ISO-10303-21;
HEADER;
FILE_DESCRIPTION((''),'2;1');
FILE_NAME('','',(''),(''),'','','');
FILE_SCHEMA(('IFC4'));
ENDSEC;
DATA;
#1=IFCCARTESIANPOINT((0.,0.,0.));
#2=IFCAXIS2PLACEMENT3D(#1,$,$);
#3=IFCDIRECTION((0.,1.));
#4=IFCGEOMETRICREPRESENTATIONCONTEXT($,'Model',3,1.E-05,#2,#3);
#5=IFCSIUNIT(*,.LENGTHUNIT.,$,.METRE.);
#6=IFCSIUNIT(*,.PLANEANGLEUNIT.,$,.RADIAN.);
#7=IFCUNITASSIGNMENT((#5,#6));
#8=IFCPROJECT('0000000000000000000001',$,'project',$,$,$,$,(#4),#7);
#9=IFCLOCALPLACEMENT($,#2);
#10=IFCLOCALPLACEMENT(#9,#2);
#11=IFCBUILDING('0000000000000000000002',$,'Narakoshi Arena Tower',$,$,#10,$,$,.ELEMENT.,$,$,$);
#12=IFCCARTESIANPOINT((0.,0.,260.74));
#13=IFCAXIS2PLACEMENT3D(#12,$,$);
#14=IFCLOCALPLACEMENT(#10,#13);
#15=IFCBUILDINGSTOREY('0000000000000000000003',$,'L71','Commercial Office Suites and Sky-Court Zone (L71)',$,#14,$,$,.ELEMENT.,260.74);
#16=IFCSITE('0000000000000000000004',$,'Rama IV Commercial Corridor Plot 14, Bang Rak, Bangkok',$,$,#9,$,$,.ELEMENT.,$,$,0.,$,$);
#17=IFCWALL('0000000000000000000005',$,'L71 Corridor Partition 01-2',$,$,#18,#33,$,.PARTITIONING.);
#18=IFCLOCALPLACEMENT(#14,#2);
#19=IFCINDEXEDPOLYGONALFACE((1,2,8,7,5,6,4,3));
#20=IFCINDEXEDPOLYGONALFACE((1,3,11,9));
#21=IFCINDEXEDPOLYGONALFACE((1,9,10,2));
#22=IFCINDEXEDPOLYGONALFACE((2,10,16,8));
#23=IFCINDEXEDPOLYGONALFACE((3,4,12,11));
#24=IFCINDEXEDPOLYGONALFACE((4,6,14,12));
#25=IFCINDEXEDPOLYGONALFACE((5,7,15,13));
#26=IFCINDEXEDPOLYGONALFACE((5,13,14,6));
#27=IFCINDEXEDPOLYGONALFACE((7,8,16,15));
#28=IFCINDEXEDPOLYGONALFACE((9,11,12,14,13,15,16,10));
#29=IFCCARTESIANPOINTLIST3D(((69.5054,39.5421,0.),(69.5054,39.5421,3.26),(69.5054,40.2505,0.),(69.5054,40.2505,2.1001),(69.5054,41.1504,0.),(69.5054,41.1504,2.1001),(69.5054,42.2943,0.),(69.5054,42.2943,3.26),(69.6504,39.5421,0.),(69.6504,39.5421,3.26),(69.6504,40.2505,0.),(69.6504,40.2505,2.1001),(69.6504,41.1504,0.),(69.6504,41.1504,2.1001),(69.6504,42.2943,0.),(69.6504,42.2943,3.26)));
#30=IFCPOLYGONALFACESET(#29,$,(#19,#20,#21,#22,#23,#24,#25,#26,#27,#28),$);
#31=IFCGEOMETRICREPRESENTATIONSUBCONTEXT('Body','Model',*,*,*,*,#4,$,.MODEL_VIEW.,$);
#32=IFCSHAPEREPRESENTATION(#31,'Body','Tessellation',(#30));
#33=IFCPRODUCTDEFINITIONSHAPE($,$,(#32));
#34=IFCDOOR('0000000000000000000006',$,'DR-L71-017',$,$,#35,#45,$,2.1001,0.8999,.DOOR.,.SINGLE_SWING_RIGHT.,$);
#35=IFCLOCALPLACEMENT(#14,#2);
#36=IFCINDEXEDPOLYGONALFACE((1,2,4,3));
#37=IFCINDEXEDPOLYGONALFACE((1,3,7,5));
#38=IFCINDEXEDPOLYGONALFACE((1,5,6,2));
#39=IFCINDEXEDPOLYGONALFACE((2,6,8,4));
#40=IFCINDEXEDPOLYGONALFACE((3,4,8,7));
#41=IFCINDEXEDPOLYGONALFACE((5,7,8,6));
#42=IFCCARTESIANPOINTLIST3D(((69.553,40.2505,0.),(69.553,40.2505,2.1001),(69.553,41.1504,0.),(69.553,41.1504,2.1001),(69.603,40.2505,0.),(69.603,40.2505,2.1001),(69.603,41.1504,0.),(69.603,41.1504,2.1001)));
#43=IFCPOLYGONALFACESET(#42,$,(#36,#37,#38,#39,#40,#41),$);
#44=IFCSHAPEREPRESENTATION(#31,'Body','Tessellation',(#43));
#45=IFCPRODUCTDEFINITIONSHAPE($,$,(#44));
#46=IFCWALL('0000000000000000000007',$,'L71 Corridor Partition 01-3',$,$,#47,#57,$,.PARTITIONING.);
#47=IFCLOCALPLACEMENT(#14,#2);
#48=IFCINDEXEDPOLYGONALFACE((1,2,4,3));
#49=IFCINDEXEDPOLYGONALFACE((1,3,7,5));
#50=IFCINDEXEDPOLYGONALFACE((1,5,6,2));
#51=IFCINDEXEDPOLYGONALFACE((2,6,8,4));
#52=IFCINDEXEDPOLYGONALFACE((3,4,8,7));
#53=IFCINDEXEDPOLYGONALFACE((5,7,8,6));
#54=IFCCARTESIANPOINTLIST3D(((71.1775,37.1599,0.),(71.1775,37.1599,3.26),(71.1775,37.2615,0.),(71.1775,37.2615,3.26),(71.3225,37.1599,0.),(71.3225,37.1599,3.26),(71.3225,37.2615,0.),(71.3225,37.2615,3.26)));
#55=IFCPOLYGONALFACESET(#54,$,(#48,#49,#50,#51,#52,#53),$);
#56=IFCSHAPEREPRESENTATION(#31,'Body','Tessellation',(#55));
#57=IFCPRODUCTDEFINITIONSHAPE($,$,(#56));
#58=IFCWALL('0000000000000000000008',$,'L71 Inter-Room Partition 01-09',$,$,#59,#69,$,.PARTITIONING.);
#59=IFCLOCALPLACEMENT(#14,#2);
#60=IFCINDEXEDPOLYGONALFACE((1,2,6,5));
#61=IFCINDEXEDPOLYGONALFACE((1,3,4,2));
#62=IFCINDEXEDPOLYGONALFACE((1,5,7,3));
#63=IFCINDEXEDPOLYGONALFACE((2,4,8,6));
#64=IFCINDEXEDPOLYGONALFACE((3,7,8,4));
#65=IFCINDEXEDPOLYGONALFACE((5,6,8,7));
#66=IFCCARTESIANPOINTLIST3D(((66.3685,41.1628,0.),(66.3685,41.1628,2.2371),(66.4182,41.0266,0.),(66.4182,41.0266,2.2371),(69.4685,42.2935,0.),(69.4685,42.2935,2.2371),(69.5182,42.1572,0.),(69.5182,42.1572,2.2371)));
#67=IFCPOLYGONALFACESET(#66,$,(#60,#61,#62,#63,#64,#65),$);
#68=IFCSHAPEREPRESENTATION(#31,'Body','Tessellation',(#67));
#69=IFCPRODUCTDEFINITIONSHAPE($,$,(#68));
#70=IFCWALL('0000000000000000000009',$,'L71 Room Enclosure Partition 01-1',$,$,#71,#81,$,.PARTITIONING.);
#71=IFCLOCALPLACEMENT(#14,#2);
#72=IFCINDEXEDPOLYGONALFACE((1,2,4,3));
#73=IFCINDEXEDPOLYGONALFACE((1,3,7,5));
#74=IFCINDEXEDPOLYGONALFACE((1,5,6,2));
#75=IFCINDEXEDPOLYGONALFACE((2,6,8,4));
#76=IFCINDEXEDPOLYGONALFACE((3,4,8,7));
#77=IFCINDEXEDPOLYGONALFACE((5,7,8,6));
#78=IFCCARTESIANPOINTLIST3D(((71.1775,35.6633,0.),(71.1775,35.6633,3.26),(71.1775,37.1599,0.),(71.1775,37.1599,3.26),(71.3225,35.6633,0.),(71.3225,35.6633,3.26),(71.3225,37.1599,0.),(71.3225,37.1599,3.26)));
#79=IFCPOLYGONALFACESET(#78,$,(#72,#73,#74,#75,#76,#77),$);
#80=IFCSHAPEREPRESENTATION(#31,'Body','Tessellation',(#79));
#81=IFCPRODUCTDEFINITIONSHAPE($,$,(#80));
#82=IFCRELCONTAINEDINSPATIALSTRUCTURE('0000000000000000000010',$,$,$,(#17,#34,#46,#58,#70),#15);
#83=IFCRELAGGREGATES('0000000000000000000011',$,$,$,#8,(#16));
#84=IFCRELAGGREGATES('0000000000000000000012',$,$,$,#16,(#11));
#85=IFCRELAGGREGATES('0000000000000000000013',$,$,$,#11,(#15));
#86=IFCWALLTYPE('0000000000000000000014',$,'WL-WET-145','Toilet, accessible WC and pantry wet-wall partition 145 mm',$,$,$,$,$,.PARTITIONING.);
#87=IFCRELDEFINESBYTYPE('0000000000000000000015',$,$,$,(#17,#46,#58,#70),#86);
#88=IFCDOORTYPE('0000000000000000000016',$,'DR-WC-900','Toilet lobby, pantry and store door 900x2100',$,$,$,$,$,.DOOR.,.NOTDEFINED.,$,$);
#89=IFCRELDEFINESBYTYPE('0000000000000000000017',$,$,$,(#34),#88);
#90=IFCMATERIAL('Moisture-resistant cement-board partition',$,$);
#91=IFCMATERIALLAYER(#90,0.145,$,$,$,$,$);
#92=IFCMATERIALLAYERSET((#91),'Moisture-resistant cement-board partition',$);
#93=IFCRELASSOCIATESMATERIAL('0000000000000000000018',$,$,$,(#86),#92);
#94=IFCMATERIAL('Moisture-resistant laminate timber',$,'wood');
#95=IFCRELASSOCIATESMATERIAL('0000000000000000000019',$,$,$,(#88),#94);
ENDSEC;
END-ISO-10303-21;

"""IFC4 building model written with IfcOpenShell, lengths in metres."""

from ifc_helpers import new_model, si_unit, direction, frame, frame_2d, origin, place, context, subcontext, project, spatial, rectangle, extrude, material, layer, layer_set, type_object, element, fill, save


model = new_model("IFC4")

# Units and contexts
model_context = context("Model", 3, precision=1e-05, world=origin(), true_north=direction((0.0, 1.0)))
body_context = subcontext(model_context, "Body", "Model", "MODEL_VIEW")
ifc_project = project(units=[si_unit("LENGTHUNIT", "METRE"), si_unit("PLANEANGLEUNIT", "RADIAN")], contexts=[model_context])

# Site, building, storey
site_placement = place(None, origin())
site = spatial("IfcSite", under=ifc_project, at=site_placement, Name="Rama IV Commercial Corridor Plot 14, Bang Rak, Bangkok", CompositionType="ELEMENT", RefElevation=0.0)
building_placement = place(site_placement, origin())
building = spatial("IfcBuilding", under=site, at=building_placement, Name="Narakoshi Arena Tower", CompositionType="ELEMENT")
storey_placement = place(building_placement, frame((0.0, 0.0, 260.74)))
storey = spatial("IfcBuildingStorey", under=building, at=storey_placement, Name="L71", Description="Commercial Office Suites and Sky-Court Zone (L71)", CompositionType="ELEMENT", Elevation=260.74)

# Shared definitions
ifc_material_1 = material(Name="Moisture-resistant cement-board partition")
ifc_layer_1 = layer(ifc_material_1, 0.145)
ifc_layer_set_1 = layer_set([ifc_layer_1], Name="Moisture-resistant cement-board partition")
wall_type_1 = type_object("IfcWallType", Name="WL-WET-145", Description="Toilet, accessible WC and pantry wet-wall partition 145 mm", PredefinedType="PARTITIONING", material=ifc_layer_set_1)

# Wall, opening, door
wall_1_placement = place(storey_placement, frame((69.5779, 42.2942, 0.0), z_axis=(0.0, 0.0, 1.0), x_axis=(0.0, -1.0, 0.0)))
wall_1 = element("IfcWall", 1, at=wall_1_placement, inside=storey, type_object=wall_type_1, Name="L71 Corridor Partition 01-2", PredefinedType="PARTITIONING", context=body_context, shape_type="SweptSolid", body=[
    extrude(rectangle(XDim=2.7522, YDim=0.145, at=frame_2d((1.376, 0.0))), origin(), (0.0, 0.0, 1.0), 3.26),
])
opening_1_placement = place(wall_1_placement, frame((1.1438, 0.0, 0.0)))
opening_1 = element("IfcOpeningElement", 2, at=opening_1_placement, cuts=wall_1, PredefinedType="OPENING", context=body_context, shape_type="SweptSolid", body=[
    extrude(rectangle(XDim=0.8999, YDim=2.1001, at=frame_2d((0.45, 1.05))), frame((0.0, 0.0825, 0.0), z_axis=(0.0, -1.0, 0.0), x_axis=(1.0, 0.0, 0.0)), (0.0, 0.0, 1.0), 0.165),
])
ifc_material_2 = material(Name="Moisture-resistant laminate timber", Category="wood")
door_type_1 = type_object("IfcDoorType", Name="DR-WC-900", Description="Toilet lobby, pantry and store door 900x2100", OperationType="NOTDEFINED", PredefinedType="DOOR", material=ifc_material_2)
door_1_placement = place(opening_1_placement, frame((0.8999, 0.0, 0.0), z_axis=(0.0, 0.0, 1.0), x_axis=(-1.0, 0.0, 0.0)))
door_1 = element("IfcDoor", 3, at=door_1_placement, inside=storey, type_object=door_type_1, Name="DR-L71-017", OperationType="SINGLE_SWING_RIGHT", OverallHeight=2.1001, OverallWidth=0.8999, PredefinedType="DOOR", context=body_context, shape_type="SweptSolid", body=[
    extrude(rectangle(XDim=0.8999, YDim=2.1001, at=frame_2d((0.45, 1.05))), frame((0.0, 0.0249, 0.0), z_axis=(0.0, -1.0, 0.0), x_axis=(1.0, 0.0, 0.0)), (0.0, 0.0, 1.0), 0.05),
])
fill(opening_1, door_1)

# Walls
wall_2_placement = place(storey_placement, frame((71.25, 37.2615, 0.0), z_axis=(0.0, 0.0, 1.0), x_axis=(0.0, -1.0, 0.0)))
element("IfcWall", 4, at=wall_2_placement, inside=storey, type_object=wall_type_1, Name="L71 Corridor Partition 01-3", PredefinedType="PARTITIONING", context=body_context, shape_type="SweptSolid", body=[
    extrude(rectangle(XDim=0.1016, YDim=0.145, at=frame_2d((0.0508, 0.0))), origin(), (0.0, 0.0, 1.0), 3.26),
])
wall_3_placement = place(storey_placement, frame((66.3933, 41.0947, 0.0), z_axis=(0.0, 0.0, 1.0), x_axis=(0.939471, 0.342628, 0.0)))
element("IfcWall", 5, at=wall_3_placement, inside=storey, type_object=wall_type_1, Name="L71 Inter-Room Partition 01-09", PredefinedType="PARTITIONING", context=body_context, shape_type="SweptSolid", body=[
    extrude(rectangle(XDim=3.2998, YDim=0.145, at=frame_2d((1.6499, 0.0))), origin(), (0.0, 0.0, 1.0), 2.2371),
])
wall_4_placement = place(storey_placement, frame((71.25, 37.1599, 0.0), z_axis=(0.0, 0.0, 1.0), x_axis=(0.0, -1.0, 0.0)))
element("IfcWall", 6, at=wall_4_placement, inside=storey, type_object=wall_type_1, Name="L71 Room Enclosure Partition 01-1", PredefinedType="PARTITIONING", context=body_context, shape_type="SweptSolid", body=[
    extrude(rectangle(XDim=1.4966, YDim=0.145, at=frame_2d((0.7483, 0.0))), origin(), (0.0, 0.0, 1.0), 3.26),
])

save(model, "model.ifc")
